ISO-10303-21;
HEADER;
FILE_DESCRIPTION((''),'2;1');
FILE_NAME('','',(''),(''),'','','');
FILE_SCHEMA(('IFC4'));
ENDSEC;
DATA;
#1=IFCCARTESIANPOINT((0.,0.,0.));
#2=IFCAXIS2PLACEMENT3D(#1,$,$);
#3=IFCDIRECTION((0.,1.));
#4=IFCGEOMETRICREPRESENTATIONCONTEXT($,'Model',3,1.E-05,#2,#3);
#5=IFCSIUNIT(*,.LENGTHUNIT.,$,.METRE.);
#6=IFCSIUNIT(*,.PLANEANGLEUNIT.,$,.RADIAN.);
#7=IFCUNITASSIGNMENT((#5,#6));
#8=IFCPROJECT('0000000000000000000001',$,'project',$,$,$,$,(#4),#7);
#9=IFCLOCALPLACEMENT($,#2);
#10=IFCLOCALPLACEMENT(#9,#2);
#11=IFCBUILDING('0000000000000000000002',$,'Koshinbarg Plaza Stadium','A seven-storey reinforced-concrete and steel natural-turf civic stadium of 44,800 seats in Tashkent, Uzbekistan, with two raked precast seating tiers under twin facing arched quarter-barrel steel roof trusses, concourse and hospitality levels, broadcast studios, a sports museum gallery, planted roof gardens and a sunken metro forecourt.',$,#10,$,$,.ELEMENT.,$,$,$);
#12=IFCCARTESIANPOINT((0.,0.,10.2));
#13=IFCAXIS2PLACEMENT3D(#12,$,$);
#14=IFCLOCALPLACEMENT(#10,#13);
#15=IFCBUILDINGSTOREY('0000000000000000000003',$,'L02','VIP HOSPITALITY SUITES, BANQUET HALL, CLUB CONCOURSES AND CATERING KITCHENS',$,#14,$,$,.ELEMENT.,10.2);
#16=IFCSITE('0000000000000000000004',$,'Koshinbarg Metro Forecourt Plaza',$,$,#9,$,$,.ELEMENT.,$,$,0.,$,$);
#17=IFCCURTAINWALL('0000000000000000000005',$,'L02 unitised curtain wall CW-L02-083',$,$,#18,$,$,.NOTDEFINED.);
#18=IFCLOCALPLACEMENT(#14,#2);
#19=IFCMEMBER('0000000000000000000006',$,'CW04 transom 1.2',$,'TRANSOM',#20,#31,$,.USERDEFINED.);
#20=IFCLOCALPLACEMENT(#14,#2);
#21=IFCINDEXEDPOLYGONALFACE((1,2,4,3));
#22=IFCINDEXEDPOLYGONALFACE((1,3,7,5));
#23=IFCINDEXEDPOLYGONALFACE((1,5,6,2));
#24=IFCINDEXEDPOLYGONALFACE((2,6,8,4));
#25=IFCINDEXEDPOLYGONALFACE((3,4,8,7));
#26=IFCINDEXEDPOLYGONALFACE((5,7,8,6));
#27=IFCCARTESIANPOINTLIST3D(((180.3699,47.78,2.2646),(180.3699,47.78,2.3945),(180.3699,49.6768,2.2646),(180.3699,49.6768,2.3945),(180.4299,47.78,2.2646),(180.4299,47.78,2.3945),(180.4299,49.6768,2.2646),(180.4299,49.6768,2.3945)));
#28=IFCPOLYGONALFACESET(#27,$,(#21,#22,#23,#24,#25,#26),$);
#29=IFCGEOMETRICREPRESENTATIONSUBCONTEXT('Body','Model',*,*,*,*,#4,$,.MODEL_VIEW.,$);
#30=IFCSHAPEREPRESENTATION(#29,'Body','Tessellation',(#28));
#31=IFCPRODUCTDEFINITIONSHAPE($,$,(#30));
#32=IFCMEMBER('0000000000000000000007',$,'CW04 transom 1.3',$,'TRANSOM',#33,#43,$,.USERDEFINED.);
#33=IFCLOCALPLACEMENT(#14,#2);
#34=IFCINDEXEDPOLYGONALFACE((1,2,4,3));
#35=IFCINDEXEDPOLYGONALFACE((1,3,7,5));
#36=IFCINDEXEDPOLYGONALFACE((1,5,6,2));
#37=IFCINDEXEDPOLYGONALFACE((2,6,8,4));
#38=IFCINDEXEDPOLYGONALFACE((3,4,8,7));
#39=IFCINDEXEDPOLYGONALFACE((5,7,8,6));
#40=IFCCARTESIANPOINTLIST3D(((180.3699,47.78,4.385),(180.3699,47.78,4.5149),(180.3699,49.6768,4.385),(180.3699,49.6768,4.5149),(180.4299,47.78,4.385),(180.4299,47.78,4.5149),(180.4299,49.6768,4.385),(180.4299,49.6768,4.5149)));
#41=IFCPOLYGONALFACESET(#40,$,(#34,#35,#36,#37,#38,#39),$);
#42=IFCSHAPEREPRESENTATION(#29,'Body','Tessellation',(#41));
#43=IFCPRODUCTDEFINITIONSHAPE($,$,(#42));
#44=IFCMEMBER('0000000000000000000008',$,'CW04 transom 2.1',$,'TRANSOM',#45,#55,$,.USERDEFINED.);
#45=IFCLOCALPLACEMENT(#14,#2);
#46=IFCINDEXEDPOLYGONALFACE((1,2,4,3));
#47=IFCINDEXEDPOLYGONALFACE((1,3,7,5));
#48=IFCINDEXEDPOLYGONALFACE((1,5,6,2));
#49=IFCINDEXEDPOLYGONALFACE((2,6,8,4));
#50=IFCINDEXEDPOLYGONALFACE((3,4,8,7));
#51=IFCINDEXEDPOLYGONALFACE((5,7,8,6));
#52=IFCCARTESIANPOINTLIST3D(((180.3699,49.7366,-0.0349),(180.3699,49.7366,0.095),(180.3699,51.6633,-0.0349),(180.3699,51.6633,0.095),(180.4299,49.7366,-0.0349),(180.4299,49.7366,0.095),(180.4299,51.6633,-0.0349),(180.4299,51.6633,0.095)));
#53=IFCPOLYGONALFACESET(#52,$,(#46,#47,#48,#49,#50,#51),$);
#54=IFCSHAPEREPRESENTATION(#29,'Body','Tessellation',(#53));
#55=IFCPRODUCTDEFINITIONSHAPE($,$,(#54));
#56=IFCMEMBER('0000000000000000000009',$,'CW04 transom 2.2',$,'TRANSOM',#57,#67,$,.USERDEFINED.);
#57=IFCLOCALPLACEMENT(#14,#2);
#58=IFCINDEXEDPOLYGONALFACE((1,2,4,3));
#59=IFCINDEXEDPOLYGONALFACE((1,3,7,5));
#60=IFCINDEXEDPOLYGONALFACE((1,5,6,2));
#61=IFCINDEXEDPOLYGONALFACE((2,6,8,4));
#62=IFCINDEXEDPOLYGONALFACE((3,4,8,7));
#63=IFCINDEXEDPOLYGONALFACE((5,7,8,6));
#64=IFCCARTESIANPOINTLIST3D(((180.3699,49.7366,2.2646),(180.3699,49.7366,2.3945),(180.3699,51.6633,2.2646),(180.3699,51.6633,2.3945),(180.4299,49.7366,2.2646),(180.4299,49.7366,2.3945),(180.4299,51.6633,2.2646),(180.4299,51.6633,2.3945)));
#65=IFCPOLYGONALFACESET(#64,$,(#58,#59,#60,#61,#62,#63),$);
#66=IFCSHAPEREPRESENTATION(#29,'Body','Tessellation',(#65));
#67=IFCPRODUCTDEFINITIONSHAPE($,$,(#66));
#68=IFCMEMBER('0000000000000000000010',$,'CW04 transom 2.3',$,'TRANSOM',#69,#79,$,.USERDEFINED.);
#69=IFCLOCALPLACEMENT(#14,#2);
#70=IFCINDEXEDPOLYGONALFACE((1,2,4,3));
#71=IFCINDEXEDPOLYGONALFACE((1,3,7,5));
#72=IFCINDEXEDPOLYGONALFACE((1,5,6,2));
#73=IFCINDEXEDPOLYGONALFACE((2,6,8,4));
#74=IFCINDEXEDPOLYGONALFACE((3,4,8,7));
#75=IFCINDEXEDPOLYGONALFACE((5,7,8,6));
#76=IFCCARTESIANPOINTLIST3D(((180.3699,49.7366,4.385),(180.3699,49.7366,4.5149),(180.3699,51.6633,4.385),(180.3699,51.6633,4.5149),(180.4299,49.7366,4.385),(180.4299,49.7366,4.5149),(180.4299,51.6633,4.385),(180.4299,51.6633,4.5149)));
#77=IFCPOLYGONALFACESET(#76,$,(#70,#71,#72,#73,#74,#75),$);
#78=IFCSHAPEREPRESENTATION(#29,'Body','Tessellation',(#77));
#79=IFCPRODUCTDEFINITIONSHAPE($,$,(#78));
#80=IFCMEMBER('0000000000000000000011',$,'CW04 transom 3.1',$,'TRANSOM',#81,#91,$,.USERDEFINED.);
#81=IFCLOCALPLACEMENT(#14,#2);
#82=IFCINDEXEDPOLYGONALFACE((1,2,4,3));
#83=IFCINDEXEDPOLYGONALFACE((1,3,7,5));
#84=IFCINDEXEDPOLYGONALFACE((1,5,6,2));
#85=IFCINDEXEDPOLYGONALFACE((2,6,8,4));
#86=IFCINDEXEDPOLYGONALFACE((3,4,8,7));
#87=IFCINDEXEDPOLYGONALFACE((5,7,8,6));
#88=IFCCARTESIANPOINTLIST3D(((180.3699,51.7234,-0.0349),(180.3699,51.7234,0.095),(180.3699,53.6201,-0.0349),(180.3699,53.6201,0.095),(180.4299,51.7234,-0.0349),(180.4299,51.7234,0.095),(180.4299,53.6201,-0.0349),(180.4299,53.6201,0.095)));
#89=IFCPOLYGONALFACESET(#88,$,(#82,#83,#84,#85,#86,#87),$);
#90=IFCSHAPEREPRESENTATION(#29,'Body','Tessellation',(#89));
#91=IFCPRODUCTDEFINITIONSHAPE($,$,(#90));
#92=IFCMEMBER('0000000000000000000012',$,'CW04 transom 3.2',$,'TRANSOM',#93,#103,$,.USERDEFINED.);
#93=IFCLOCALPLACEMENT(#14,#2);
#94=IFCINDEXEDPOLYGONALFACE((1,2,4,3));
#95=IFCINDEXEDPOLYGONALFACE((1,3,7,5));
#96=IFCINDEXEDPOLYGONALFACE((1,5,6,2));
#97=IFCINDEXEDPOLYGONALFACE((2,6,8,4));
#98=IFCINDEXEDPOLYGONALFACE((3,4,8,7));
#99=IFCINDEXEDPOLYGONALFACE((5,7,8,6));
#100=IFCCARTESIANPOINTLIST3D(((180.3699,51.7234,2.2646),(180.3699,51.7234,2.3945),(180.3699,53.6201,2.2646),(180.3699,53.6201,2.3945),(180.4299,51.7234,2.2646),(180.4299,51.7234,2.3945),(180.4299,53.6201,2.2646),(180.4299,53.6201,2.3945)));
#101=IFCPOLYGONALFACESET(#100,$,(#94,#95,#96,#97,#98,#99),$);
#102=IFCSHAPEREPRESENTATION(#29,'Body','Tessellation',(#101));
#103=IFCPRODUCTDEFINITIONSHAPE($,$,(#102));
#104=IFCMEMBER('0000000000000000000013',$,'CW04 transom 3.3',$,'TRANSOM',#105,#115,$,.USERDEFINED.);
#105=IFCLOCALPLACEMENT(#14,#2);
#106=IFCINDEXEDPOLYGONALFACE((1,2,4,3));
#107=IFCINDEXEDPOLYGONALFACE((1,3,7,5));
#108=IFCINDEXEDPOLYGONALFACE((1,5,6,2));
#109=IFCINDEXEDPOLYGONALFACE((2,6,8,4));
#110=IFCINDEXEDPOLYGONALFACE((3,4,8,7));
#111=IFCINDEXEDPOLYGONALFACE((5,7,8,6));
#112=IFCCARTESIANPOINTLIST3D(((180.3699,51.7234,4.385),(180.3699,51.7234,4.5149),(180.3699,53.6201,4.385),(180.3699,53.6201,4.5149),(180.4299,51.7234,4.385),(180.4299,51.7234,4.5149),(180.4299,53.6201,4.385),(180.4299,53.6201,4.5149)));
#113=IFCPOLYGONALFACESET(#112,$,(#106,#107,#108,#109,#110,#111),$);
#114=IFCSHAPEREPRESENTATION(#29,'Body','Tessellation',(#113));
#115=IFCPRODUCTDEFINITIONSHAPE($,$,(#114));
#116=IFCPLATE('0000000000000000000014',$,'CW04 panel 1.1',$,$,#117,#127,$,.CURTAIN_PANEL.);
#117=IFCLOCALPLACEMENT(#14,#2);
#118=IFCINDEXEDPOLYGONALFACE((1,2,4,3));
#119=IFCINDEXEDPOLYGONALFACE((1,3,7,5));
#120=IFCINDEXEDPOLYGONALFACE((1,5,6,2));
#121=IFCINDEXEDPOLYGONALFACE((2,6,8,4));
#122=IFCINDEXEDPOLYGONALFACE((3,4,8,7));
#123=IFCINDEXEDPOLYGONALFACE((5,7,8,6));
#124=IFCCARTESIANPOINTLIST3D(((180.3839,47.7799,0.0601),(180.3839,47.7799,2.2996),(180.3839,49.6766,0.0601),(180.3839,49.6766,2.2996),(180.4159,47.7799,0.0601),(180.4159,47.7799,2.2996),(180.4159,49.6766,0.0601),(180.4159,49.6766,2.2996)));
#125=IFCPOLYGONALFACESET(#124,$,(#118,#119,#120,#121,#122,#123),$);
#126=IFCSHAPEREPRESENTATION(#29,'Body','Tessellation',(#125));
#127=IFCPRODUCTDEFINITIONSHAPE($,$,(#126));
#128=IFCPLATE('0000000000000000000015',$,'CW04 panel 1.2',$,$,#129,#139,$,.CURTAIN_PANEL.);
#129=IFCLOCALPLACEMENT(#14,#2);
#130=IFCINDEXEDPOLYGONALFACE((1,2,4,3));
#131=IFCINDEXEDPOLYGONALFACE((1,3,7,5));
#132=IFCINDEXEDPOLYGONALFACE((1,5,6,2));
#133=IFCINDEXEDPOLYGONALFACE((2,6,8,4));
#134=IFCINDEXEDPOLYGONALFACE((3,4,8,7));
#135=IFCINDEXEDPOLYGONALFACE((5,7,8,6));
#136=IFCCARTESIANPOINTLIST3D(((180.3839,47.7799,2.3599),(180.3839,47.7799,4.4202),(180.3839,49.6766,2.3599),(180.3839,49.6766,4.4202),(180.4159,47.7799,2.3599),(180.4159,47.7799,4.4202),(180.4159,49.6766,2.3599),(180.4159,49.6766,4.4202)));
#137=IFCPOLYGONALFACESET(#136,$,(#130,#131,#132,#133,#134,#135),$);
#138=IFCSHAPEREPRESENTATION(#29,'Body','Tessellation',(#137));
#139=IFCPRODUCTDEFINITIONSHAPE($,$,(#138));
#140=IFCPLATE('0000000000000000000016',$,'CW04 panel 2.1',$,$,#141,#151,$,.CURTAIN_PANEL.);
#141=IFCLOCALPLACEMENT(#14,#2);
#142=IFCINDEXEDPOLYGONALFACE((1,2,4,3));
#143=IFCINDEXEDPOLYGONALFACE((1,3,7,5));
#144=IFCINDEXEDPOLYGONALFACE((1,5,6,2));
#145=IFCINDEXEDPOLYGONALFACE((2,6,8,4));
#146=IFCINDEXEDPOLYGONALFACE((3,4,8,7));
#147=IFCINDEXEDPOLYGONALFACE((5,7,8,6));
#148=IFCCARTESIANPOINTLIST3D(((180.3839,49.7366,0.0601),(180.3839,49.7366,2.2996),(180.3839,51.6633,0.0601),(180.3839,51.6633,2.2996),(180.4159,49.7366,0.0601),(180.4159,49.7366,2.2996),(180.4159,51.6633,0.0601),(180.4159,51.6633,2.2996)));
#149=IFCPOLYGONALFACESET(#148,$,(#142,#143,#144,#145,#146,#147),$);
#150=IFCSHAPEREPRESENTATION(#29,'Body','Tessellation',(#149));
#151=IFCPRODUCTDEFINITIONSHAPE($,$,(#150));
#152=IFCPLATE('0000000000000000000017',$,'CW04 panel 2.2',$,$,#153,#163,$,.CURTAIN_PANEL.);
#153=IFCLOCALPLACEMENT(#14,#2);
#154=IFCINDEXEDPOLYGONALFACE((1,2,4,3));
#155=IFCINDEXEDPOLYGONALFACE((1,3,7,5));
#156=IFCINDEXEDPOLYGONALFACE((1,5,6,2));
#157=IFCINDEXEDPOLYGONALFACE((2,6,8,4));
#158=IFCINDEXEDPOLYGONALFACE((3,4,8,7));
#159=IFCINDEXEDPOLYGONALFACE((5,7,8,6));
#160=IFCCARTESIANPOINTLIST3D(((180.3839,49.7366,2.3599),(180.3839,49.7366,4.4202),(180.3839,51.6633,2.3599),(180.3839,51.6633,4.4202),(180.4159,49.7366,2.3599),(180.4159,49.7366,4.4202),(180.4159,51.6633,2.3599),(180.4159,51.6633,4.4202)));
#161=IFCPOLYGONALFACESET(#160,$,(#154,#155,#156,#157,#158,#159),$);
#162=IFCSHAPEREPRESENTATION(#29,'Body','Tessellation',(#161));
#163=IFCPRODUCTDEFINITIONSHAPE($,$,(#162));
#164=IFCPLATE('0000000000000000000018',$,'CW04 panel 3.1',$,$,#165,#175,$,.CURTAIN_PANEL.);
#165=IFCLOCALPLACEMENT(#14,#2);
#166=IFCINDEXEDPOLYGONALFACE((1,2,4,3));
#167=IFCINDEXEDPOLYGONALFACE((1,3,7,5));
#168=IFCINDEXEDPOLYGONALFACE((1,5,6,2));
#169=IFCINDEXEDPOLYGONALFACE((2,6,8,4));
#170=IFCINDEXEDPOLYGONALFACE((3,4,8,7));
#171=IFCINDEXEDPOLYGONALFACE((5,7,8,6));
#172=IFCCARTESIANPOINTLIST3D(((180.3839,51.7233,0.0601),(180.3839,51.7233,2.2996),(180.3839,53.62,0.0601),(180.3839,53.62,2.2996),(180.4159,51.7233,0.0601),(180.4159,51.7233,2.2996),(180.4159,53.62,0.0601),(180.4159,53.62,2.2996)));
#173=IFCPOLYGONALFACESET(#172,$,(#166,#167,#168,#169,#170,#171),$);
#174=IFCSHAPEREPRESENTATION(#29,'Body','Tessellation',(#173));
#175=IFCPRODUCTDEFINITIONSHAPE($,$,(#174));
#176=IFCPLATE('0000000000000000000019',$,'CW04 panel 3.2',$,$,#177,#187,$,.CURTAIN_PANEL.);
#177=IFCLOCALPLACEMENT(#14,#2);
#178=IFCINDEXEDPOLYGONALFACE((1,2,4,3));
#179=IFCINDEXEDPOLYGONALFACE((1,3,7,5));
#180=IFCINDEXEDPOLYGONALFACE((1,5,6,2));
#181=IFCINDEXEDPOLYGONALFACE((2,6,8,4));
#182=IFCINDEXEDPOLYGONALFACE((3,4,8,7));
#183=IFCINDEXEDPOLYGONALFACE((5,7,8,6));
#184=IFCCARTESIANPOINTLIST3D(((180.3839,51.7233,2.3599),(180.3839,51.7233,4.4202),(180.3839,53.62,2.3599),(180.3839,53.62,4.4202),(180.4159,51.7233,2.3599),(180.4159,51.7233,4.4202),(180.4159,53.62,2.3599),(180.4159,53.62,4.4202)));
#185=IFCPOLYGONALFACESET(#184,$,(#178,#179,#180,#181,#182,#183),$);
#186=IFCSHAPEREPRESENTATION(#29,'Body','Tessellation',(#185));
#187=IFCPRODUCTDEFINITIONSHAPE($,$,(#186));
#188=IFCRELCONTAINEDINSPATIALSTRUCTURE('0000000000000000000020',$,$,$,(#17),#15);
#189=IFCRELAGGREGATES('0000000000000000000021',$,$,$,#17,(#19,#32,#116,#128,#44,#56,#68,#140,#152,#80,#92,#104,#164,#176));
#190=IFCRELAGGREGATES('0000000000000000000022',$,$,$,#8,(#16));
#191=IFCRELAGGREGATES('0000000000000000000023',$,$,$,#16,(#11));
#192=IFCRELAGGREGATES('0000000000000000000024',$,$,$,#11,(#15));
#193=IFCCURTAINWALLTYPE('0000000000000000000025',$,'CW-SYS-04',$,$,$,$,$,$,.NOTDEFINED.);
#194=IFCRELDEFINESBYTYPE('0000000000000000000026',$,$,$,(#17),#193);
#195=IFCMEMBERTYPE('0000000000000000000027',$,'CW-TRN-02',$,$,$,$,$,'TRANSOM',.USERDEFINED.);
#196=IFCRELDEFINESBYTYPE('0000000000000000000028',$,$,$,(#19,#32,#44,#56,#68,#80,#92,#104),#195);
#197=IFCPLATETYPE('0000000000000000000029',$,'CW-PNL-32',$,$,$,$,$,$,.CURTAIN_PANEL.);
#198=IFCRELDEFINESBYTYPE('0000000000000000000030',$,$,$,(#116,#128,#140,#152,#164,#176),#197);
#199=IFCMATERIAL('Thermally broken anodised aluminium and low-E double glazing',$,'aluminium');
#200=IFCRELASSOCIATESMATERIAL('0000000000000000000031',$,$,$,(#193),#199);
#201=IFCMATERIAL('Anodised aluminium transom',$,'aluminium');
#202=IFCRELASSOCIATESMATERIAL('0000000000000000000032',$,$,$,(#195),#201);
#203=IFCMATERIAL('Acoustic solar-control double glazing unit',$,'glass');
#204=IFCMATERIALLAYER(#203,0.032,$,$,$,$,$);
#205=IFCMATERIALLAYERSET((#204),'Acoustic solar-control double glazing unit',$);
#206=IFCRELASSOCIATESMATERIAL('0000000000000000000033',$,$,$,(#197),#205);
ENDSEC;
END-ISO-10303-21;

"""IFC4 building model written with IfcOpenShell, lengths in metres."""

from ifc_helpers import new_model, si_unit, direction, frame, origin, origin_2d, place, context, subcontext, project, spatial, rectangle, extrude, material, layer, layer_set, material_profile, profile_set, type_object, element, aggregate, save


model = new_model("IFC4")

# Units and contexts
model_context = context("Model", 3, precision=1e-05, world=origin(), true_north=direction((0.0, 1.0)))
body_context = subcontext(model_context, "Body", "Model", "MODEL_VIEW")
ifc_project = project(units=[si_unit("LENGTHUNIT", "METRE"), si_unit("PLANEANGLEUNIT", "RADIAN")], contexts=[model_context])

# Site, building, storey
site_placement = place(None, origin())
site = spatial("IfcSite", under=ifc_project, at=site_placement, Name="Koshinbarg Metro Forecourt Plaza", CompositionType="ELEMENT", RefElevation=0.0)
building_placement = place(site_placement, origin())
building = spatial("IfcBuilding", under=site, at=building_placement, Name="Koshinbarg Plaza Stadium", Description="A seven-storey reinforced-concrete and steel natural-turf civic stadium of 44,800 seats in Tashkent, Uzbekistan, with two raked precast seating tiers under twin facing arched quarter-barrel steel roof trusses, concourse and hospitality levels, broadcast studios, a sports museum gallery, planted roof gardens and a sunken metro forecourt.", CompositionType="ELEMENT")
storey_placement = place(building_placement, frame((0.0, 0.0, 10.2)))
storey = spatial("IfcBuildingStorey", under=building, at=storey_placement, Name="L02", Description="VIP HOSPITALITY SUITES, BANQUET HALL, CLUB CONCOURSES AND CATERING KITCHENS", CompositionType="ELEMENT", Elevation=10.2)

# Curtain wall, members, plates
ifc_material_1 = material(Name="Thermally broken anodised aluminium and low-E double glazing", Category="aluminium")
curtain_wall_type = type_object("IfcCurtainWallType", Name="CW-SYS-04", PredefinedType="NOTDEFINED", material=ifc_material_1)
curtain_wall_placement = place(storey_placement, origin())
curtain_wall = element("IfcCurtainWall", 1, at=curtain_wall_placement, inside=storey, type_object=curtain_wall_type, Name="L02 unitised curtain wall CW-L02-083", PredefinedType="NOTDEFINED")
ifc_material_2 = material(Name="Anodised aluminium transom", Category="aluminium")
ifc_material_profile_1 = material_profile(ifc_material_2, rectangle(XDim=0.0601, YDim=0.1299, at=origin_2d()), Name="ALU 60x130")
ifc_profile_set_1 = profile_set([ifc_material_profile_1], Name="Anodised aluminium transom")
member_type_1 = type_object("IfcMemberType", Name="CW-TRN-02", ElementType="TRANSOM", PredefinedType="USERDEFINED", material=ifc_profile_set_1)
member_1_placement = place(storey_placement, frame((180.3999, 47.78, 2.3296), z_axis=(0.0, 1.0, 0.0), x_axis=(-1.0, 0.0, 0.0)))
member_1 = element("IfcMember", 2, at=member_1_placement, type_object=member_type_1, Name="CW04 transom 1.2", ObjectType="TRANSOM", PredefinedType="USERDEFINED", context=body_context, shape_type="SweptSolid", body=[
    extrude(rectangle(XDim=0.0601, YDim=0.1299, at=origin_2d()), origin(), (0.0, 0.0, 1.0), 1.8967),
])
member_2_placement = place(storey_placement, frame((180.3999, 47.78, 4.45), z_axis=(0.0, 1.0, 0.0), x_axis=(-1.0, 0.0, 0.0)))
member_2 = element("IfcMember", 3, at=member_2_placement, type_object=member_type_1, Name="CW04 transom 1.3", ObjectType="TRANSOM", PredefinedType="USERDEFINED", context=body_context, shape_type="SweptSolid", body=[
    extrude(rectangle(XDim=0.0601, YDim=0.1299, at=origin_2d()), origin(), (0.0, 0.0, 1.0), 1.8967),
])
member_3_placement = place(storey_placement, frame((180.3999, 49.7366, 0.03), z_axis=(0.0, 1.0, 0.0), x_axis=(-1.0, 0.0, 0.0)))
member_3 = element("IfcMember", 4, at=member_3_placement, type_object=member_type_1, Name="CW04 transom 2.1", ObjectType="TRANSOM", PredefinedType="USERDEFINED", context=body_context, shape_type="SweptSolid", body=[
    extrude(rectangle(XDim=0.0601, YDim=0.1299, at=origin_2d()), origin(), (0.0, 0.0, 1.0), 1.9268),
])
member_4_placement = place(storey_placement, frame((180.3999, 49.7366, 2.3296), z_axis=(0.0, 1.0, 0.0), x_axis=(-1.0, 0.0, 0.0)))
member_4 = element("IfcMember", 5, at=member_4_placement, type_object=member_type_1, Name="CW04 transom 2.2", ObjectType="TRANSOM", PredefinedType="USERDEFINED", context=body_context, shape_type="SweptSolid", body=[
    extrude(rectangle(XDim=0.0601, YDim=0.1299, at=origin_2d()), origin(), (0.0, 0.0, 1.0), 1.9268),
])
member_5_placement = place(storey_placement, frame((180.3999, 49.7366, 4.45), z_axis=(0.0, 1.0, 0.0), x_axis=(-1.0, 0.0, 0.0)))
member_5 = element("IfcMember", 6, at=member_5_placement, type_object=member_type_1, Name="CW04 transom 2.3", ObjectType="TRANSOM", PredefinedType="USERDEFINED", context=body_context, shape_type="SweptSolid", body=[
    extrude(rectangle(XDim=0.0601, YDim=0.1299, at=origin_2d()), origin(), (0.0, 0.0, 1.0), 1.9268),
])
member_6_placement = place(storey_placement, frame((180.3999, 51.7234, 0.03), z_axis=(0.0, 1.0, 0.0), x_axis=(-1.0, 0.0, 0.0)))
member_6 = element("IfcMember", 7, at=member_6_placement, type_object=member_type_1, Name="CW04 transom 3.1", ObjectType="TRANSOM", PredefinedType="USERDEFINED", context=body_context, shape_type="SweptSolid", body=[
    extrude(rectangle(XDim=0.0601, YDim=0.1299, at=origin_2d()), origin(), (0.0, 0.0, 1.0), 1.8967),
])
member_7_placement = place(storey_placement, frame((180.3999, 51.7234, 2.3296), z_axis=(0.0, 1.0, 0.0), x_axis=(-1.0, 0.0, 0.0)))
member_7 = element("IfcMember", 8, at=member_7_placement, type_object=member_type_1, Name="CW04 transom 3.2", ObjectType="TRANSOM", PredefinedType="USERDEFINED", context=body_context, shape_type="SweptSolid", body=[
    extrude(rectangle(XDim=0.0601, YDim=0.1299, at=origin_2d()), origin(), (0.0, 0.0, 1.0), 1.8967),
])
member_8_placement = place(storey_placement, frame((180.3999, 51.7234, 4.45), z_axis=(0.0, 1.0, 0.0), x_axis=(-1.0, 0.0, 0.0)))
member_8 = element("IfcMember", 9, at=member_8_placement, type_object=member_type_1, Name="CW04 transom 3.3", ObjectType="TRANSOM", PredefinedType="USERDEFINED", context=body_context, shape_type="SweptSolid", body=[
    extrude(rectangle(XDim=0.0601, YDim=0.1299, at=origin_2d()), origin(), (0.0, 0.0, 1.0), 1.8967),
])
ifc_material_3 = material(Name="Acoustic solar-control double glazing unit", Category="glass")
ifc_layer_1 = layer(ifc_material_3, 0.032)
ifc_layer_set_1 = layer_set([ifc_layer_1], Name="Acoustic solar-control double glazing unit")
plate_type = type_object("IfcPlateType", Name="CW-PNL-32", PredefinedType="CURTAIN_PANEL", material=ifc_layer_set_1)
plate_1_placement = place(storey_placement, frame((180.3999, 48.7283, 0.0601), z_axis=(0.0, 0.0, 1.0), x_axis=(0.0, 1.0, 0.0)))
plate_1 = element("IfcPlate", 10, at=plate_1_placement, type_object=plate_type, Name="CW04 panel 1.1", PredefinedType="CURTAIN_PANEL", context=body_context, shape_type="SweptSolid", body=[
    extrude(rectangle(XDim=1.8967, YDim=0.032, at=origin_2d()), origin(), (0.0, 0.0, 1.0), 2.2395),
])
plate_2_placement = place(storey_placement, frame((180.3999, 48.7283, 2.3599), z_axis=(0.0, 0.0, 1.0), x_axis=(0.0, 1.0, 0.0)))
plate_2 = element("IfcPlate", 11, at=plate_2_placement, type_object=plate_type, Name="CW04 panel 1.2", PredefinedType="CURTAIN_PANEL", context=body_context, shape_type="SweptSolid", body=[
    extrude(rectangle(XDim=1.8967, YDim=0.032, at=origin_2d()), origin(), (0.0, 0.0, 1.0), 2.0603),
])
plate_3_placement = place(storey_placement, frame((180.3999, 50.7, 0.0601), z_axis=(0.0, 0.0, 1.0), x_axis=(0.0, 1.0, 0.0)))
plate_3 = element("IfcPlate", 12, at=plate_3_placement, type_object=plate_type, Name="CW04 panel 2.1", PredefinedType="CURTAIN_PANEL", context=body_context, shape_type="SweptSolid", body=[
    extrude(rectangle(XDim=1.9268, YDim=0.032, at=origin_2d()), origin(), (0.0, 0.0, 1.0), 2.2395),
])
plate_4_placement = place(storey_placement, frame((180.3999, 50.7, 2.3599), z_axis=(0.0, 0.0, 1.0), x_axis=(0.0, 1.0, 0.0)))
plate_4 = element("IfcPlate", 13, at=plate_4_placement, type_object=plate_type, Name="CW04 panel 2.2", PredefinedType="CURTAIN_PANEL", context=body_context, shape_type="SweptSolid", body=[
    extrude(rectangle(XDim=1.9268, YDim=0.032, at=origin_2d()), origin(), (0.0, 0.0, 1.0), 2.0603),
])
plate_5_placement = place(storey_placement, frame((180.3999, 52.6716, 0.0601), z_axis=(0.0, 0.0, 1.0), x_axis=(0.0, 1.0, 0.0)))
plate_5 = element("IfcPlate", 14, at=plate_5_placement, type_object=plate_type, Name="CW04 panel 3.1", PredefinedType="CURTAIN_PANEL", context=body_context, shape_type="SweptSolid", body=[
    extrude(rectangle(XDim=1.8967, YDim=0.032, at=origin_2d()), origin(), (0.0, 0.0, 1.0), 2.2395),
])
plate_6_placement = place(storey_placement, frame((180.3999, 52.6716, 2.3599), z_axis=(0.0, 0.0, 1.0), x_axis=(0.0, 1.0, 0.0)))
plate_6 = element("IfcPlate", 15, at=plate_6_placement, type_object=plate_type, Name="CW04 panel 3.2", PredefinedType="CURTAIN_PANEL", context=body_context, shape_type="SweptSolid", body=[
    extrude(rectangle(XDim=1.8967, YDim=0.032, at=origin_2d()), origin(), (0.0, 0.0, 1.0), 2.0603),
])
aggregate(curtain_wall, [member_1, member_2, plate_1, plate_2, member_3, member_4, member_5, plate_3, plate_4, member_6, member_7, member_8, plate_5, plate_6])

save(model, "model.ifc")
